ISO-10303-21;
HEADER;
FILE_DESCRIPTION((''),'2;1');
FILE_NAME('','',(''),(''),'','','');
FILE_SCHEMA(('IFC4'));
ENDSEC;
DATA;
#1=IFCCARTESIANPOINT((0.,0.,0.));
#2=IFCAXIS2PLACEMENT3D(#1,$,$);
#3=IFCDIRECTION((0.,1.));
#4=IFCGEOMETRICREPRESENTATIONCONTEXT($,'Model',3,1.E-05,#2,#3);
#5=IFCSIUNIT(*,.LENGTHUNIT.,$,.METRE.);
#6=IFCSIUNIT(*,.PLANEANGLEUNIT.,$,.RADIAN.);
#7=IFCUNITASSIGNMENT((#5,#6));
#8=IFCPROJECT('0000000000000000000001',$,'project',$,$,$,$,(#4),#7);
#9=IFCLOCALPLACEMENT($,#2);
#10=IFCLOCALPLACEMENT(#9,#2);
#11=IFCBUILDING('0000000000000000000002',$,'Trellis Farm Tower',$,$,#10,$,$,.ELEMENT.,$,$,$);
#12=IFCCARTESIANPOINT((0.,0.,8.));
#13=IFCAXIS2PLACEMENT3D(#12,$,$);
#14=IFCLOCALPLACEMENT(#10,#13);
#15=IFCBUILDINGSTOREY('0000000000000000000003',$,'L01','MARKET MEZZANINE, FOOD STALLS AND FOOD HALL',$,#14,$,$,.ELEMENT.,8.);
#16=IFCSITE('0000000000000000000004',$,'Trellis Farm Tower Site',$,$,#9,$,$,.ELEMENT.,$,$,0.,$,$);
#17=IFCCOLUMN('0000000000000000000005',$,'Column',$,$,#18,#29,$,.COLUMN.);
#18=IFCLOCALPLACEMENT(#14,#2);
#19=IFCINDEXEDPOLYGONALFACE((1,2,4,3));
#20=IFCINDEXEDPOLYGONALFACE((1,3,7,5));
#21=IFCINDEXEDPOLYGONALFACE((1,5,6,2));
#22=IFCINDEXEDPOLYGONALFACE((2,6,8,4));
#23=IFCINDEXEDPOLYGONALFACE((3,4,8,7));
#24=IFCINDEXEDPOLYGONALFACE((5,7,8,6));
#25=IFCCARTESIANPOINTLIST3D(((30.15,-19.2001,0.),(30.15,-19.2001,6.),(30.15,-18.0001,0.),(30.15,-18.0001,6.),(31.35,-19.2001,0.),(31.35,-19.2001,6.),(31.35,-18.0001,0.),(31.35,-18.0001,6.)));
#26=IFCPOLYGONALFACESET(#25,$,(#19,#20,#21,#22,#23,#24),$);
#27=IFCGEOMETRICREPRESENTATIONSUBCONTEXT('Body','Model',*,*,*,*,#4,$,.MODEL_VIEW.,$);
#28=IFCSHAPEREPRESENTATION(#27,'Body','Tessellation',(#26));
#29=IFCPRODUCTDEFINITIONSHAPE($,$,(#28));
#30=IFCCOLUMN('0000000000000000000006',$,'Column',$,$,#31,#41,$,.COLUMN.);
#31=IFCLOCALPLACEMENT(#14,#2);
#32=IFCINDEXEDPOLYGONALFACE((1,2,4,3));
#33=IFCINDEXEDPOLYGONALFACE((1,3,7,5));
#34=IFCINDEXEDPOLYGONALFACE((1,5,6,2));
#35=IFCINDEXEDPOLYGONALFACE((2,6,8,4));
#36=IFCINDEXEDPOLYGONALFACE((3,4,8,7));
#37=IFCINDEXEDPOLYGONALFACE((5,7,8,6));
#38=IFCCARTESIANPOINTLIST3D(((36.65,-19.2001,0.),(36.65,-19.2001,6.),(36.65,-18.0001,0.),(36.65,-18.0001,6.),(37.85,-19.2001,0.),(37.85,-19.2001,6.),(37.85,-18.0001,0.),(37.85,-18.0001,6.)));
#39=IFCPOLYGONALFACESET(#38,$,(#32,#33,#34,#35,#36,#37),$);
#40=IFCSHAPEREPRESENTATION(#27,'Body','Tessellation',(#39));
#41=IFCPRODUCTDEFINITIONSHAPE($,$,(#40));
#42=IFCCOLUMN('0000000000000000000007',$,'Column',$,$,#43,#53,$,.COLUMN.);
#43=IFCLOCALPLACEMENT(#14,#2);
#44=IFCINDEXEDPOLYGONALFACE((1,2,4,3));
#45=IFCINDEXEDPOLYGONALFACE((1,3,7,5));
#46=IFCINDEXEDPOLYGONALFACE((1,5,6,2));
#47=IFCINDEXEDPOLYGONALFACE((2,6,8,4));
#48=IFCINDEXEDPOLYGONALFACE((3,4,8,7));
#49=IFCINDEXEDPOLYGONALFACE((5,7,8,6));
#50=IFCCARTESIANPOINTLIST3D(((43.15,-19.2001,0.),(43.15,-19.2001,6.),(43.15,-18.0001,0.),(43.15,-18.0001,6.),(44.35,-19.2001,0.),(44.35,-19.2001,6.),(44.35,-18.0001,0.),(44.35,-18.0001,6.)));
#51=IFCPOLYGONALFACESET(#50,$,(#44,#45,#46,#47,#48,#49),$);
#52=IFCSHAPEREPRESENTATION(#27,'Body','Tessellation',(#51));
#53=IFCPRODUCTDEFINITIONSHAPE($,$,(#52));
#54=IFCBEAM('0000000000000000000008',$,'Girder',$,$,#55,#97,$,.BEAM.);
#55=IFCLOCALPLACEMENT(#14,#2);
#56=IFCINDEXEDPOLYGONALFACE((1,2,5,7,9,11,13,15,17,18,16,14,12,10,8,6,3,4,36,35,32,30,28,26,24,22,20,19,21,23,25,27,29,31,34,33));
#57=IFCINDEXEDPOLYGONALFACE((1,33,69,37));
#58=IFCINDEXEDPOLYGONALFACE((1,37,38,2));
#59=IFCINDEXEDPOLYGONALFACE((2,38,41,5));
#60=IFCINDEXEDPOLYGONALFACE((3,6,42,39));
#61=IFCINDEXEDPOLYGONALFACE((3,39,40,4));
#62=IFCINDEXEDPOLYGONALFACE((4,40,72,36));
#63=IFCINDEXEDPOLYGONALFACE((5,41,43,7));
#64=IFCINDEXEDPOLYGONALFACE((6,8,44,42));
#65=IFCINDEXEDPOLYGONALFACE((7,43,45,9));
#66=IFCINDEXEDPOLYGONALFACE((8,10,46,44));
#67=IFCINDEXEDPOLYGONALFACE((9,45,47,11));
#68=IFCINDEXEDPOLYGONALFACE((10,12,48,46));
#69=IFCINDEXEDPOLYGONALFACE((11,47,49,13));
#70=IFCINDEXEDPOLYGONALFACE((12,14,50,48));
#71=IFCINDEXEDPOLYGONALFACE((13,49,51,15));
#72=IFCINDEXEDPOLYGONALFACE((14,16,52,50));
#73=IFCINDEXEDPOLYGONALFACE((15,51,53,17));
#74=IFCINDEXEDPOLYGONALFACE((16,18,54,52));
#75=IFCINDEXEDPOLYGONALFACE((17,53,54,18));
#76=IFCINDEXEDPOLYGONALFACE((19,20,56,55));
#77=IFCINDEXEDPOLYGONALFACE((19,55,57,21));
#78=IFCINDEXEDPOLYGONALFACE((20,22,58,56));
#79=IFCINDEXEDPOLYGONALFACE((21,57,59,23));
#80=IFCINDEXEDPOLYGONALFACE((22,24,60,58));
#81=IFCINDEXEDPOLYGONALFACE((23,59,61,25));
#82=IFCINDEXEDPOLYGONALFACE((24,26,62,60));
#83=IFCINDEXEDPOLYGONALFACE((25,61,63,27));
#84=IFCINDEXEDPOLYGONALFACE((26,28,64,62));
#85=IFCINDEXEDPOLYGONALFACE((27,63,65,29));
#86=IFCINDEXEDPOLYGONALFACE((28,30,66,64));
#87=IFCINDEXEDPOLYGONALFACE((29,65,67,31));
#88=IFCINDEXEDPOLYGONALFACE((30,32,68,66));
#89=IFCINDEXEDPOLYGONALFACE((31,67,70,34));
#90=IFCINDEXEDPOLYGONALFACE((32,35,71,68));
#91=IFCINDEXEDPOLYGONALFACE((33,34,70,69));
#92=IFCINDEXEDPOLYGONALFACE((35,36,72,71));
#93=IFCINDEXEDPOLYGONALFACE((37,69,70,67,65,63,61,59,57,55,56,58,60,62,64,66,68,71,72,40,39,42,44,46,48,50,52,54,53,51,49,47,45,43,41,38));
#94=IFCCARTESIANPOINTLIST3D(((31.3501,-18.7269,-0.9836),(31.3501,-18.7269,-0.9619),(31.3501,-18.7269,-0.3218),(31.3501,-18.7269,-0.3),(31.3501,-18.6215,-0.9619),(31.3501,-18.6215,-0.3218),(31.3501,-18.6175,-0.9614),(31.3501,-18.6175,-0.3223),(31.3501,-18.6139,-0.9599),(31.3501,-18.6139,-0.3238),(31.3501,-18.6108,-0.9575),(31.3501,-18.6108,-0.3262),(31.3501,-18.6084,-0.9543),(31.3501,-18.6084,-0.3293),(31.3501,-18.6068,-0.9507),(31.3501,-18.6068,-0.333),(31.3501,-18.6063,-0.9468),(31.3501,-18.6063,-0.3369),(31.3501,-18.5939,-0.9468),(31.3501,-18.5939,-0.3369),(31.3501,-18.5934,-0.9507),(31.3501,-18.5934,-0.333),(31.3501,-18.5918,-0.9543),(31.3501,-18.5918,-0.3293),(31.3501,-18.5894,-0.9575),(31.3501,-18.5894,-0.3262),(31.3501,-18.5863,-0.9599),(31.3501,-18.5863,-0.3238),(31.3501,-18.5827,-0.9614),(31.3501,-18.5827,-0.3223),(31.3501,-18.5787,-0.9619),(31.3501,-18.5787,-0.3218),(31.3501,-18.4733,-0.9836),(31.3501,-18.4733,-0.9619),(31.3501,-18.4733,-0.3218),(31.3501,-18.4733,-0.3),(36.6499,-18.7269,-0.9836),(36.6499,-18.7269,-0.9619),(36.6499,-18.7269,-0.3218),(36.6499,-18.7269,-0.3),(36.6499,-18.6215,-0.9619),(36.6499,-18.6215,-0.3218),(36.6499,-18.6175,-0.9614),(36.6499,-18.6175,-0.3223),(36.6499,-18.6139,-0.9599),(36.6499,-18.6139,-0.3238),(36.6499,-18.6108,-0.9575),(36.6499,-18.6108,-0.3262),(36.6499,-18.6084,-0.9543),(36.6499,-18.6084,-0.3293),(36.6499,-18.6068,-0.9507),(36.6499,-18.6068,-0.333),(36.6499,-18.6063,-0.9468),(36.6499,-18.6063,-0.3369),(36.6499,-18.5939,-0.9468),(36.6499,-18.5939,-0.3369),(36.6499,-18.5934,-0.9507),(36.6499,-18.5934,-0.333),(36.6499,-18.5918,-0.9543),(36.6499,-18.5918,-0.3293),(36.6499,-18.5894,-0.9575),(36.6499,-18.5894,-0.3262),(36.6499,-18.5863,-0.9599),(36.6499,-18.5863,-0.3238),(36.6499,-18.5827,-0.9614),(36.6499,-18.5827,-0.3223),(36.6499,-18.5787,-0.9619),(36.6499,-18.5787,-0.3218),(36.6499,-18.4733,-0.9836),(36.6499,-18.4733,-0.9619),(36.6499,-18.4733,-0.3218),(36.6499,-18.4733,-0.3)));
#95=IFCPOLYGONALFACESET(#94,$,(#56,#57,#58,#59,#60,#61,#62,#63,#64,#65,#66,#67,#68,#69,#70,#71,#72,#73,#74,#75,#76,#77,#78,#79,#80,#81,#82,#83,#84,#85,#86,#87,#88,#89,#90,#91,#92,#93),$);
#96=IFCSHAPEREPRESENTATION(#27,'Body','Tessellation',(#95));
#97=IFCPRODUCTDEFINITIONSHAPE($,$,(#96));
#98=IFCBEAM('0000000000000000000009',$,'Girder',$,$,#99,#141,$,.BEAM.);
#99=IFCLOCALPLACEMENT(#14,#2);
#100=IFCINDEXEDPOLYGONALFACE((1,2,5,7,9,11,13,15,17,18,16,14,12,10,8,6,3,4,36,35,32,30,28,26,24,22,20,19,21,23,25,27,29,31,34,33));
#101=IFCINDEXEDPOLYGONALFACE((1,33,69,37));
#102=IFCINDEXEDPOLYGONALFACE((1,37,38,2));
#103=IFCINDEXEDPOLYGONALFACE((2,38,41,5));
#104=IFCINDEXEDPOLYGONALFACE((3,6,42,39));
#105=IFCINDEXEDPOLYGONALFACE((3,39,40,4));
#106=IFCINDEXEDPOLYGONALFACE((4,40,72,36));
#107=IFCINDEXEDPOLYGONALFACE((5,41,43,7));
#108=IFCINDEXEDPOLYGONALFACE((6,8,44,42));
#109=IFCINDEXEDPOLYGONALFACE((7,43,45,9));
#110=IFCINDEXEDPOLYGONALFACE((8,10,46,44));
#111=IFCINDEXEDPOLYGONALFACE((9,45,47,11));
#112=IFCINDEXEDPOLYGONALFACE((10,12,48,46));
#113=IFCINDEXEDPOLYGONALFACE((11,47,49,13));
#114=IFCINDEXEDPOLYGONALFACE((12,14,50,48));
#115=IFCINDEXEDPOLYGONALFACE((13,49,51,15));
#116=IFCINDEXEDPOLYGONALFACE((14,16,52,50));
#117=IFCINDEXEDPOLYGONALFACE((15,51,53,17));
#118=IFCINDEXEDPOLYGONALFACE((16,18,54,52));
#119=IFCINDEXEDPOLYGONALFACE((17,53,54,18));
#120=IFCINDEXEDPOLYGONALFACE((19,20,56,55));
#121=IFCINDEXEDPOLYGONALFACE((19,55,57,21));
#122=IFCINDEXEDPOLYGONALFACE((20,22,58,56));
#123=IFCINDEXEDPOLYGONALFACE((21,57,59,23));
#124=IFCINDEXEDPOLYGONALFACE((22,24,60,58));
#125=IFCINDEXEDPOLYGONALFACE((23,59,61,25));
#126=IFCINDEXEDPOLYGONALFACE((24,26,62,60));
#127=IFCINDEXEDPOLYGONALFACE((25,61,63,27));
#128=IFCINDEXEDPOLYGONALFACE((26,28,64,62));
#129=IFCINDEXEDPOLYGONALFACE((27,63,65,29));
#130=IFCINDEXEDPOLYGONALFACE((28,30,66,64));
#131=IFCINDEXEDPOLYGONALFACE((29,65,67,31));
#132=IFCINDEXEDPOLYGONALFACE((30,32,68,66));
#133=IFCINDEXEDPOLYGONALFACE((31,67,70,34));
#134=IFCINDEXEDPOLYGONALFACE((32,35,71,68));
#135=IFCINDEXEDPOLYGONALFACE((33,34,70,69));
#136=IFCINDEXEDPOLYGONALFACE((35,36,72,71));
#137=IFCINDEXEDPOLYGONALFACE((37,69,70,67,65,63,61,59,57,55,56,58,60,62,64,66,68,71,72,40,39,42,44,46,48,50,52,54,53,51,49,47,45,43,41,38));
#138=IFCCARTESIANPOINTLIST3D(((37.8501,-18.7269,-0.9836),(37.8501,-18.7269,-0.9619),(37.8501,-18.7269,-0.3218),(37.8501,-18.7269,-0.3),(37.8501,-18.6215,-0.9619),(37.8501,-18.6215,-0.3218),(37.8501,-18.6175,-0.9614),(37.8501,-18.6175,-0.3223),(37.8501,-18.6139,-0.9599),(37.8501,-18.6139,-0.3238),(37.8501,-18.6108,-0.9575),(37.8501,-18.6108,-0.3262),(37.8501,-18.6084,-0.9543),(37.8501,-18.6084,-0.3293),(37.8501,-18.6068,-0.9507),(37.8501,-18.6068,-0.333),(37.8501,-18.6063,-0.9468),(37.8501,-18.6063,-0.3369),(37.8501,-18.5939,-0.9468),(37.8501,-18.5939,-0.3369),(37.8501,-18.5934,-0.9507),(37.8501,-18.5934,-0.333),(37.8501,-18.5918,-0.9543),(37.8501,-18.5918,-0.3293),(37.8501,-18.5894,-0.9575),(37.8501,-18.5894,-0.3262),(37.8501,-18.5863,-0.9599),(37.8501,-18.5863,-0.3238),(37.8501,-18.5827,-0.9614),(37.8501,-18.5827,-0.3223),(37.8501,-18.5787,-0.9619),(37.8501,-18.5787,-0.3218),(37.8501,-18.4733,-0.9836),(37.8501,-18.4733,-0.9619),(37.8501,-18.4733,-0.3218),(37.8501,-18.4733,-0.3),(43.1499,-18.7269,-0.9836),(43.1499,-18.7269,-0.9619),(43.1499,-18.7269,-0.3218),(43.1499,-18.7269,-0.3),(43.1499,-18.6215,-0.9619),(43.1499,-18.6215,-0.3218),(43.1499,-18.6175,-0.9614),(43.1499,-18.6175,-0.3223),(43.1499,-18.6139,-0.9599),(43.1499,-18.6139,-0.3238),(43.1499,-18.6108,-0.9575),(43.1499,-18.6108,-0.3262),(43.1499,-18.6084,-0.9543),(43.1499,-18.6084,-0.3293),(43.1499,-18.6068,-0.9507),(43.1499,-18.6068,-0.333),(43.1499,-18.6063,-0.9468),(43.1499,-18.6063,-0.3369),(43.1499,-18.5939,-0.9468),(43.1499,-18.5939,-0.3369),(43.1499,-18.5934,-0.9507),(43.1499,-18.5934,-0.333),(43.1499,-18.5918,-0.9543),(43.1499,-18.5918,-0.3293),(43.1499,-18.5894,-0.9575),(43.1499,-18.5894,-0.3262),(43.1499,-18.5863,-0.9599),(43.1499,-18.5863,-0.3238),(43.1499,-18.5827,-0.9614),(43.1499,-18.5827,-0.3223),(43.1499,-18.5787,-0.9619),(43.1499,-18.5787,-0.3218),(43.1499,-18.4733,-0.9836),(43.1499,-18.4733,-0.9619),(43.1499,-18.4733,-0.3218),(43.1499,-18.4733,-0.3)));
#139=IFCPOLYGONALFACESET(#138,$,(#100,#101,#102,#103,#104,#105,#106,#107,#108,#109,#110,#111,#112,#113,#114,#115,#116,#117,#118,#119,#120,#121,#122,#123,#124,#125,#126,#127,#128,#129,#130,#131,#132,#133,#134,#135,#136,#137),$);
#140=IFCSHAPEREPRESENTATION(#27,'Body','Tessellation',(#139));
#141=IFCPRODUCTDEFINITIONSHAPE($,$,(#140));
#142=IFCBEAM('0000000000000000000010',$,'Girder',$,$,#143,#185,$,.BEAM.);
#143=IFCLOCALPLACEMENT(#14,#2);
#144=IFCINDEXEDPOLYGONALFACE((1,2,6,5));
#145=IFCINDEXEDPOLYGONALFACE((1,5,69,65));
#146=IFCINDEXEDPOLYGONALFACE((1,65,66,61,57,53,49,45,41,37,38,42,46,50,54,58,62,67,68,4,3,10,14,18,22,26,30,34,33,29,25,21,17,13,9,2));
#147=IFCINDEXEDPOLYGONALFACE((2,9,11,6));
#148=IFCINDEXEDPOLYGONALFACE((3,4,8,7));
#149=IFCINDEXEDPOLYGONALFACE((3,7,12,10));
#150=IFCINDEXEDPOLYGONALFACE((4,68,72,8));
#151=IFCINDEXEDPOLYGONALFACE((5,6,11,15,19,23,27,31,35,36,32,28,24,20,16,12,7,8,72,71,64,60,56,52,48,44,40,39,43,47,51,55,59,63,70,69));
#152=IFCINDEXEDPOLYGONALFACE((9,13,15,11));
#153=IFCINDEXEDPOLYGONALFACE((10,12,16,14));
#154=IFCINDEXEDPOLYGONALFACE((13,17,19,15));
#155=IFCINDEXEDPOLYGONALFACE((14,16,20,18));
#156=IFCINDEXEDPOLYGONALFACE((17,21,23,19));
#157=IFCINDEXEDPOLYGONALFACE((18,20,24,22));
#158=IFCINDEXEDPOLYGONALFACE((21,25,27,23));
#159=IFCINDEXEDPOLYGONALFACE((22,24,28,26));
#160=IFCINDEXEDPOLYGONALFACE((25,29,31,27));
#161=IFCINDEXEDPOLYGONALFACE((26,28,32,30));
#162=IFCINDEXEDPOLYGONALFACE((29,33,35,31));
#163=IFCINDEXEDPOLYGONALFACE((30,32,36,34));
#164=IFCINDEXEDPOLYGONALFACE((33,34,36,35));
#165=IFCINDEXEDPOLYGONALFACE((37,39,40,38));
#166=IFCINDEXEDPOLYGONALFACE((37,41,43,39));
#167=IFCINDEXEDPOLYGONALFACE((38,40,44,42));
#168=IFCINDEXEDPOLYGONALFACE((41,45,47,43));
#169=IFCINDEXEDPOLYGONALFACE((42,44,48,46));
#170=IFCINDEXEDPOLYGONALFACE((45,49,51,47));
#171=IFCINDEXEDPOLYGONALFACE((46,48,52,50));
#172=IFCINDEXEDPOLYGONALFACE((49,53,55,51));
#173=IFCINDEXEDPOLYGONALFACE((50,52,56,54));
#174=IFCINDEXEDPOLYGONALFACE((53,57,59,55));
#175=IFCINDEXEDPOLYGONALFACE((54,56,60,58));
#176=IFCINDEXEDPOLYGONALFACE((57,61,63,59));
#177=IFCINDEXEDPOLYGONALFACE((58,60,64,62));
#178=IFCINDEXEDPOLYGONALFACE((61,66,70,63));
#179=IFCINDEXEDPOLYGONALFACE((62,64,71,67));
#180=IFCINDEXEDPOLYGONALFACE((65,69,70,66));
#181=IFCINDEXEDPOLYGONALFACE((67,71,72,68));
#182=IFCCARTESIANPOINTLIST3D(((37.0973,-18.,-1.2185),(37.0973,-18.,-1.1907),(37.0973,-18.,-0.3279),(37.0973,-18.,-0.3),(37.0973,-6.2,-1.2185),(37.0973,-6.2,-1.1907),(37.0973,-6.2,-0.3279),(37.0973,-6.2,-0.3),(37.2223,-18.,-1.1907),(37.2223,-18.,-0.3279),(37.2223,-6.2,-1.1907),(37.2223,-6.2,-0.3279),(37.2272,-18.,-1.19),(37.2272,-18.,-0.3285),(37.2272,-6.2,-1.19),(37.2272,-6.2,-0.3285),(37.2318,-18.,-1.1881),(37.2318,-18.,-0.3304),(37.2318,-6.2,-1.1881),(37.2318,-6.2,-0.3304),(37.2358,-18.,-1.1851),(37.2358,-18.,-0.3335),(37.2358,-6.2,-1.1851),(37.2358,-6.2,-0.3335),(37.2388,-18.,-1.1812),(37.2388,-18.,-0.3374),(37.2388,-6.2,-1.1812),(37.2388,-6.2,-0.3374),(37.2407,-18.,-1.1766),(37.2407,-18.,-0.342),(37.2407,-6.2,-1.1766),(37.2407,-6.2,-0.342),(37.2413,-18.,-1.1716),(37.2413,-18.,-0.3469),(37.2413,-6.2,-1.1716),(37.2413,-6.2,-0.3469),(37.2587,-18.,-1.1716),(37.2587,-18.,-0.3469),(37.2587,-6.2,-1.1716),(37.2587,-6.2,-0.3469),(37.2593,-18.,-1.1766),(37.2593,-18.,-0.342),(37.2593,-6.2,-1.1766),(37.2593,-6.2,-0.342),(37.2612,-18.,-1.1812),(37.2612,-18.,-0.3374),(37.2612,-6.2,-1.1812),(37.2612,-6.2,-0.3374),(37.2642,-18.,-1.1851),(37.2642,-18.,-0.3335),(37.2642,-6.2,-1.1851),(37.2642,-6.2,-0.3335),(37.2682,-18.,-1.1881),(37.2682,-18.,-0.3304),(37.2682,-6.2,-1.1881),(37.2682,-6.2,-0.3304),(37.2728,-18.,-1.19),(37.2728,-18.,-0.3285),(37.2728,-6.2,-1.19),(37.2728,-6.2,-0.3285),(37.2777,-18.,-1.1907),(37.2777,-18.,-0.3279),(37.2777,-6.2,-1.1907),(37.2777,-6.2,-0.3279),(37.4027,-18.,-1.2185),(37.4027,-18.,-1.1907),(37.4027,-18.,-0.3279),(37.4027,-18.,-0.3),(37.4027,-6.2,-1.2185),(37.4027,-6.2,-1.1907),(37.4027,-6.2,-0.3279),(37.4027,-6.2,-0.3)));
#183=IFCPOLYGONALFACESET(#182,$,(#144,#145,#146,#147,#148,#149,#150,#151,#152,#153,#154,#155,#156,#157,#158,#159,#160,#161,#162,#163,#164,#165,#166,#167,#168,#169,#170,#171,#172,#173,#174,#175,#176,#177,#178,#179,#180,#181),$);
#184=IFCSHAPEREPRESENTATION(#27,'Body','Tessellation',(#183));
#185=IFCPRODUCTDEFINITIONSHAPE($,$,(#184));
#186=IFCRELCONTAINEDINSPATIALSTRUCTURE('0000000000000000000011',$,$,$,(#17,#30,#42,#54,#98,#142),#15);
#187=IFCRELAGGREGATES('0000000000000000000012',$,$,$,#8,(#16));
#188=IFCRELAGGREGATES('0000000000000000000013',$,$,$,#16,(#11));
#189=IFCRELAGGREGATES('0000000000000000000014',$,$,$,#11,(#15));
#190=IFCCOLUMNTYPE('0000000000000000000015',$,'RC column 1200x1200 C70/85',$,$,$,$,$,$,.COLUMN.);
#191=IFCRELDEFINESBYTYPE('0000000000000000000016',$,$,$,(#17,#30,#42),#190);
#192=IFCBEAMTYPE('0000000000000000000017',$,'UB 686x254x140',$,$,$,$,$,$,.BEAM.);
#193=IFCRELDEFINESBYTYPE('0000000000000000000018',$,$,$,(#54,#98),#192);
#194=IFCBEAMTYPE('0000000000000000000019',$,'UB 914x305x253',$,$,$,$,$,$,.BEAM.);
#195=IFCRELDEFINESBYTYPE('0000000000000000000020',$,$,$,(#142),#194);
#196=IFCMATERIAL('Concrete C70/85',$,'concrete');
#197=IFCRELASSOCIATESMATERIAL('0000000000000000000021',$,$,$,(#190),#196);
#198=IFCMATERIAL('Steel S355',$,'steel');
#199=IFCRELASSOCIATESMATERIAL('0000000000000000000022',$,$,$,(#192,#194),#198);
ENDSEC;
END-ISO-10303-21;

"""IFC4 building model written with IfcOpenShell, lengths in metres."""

from ifc_helpers import new_model, si_unit, direction, frame, origin, origin_2d, place, context, subcontext, project, spatial, rectangle, i_section, extrude, source, transform, mapped, material, material_profile, profile_set, type_object, element, save


model = new_model("IFC4")

# Units and contexts
model_context = context("Model", 3, precision=1e-05, world=origin(), true_north=direction((0.0, 1.0)))
body_context = subcontext(model_context, "Body", "Model", "MODEL_VIEW")
ifc_project = project(units=[si_unit("LENGTHUNIT", "METRE"), si_unit("PLANEANGLEUNIT", "RADIAN")], contexts=[model_context])

# Site, building, storey
site_placement = place(None, origin())
site = spatial("IfcSite", under=ifc_project, at=site_placement, Name="Trellis Farm Tower Site", CompositionType="ELEMENT", RefElevation=0.0)
building_placement = place(site_placement, origin())
building = spatial("IfcBuilding", under=site, at=building_placement, Name="Trellis Farm Tower", CompositionType="ELEMENT")
storey_placement = place(building_placement, frame((0.0, 0.0, 8.0)))
storey = spatial("IfcBuildingStorey", under=building, at=storey_placement, Name="L01", Description="MARKET MEZZANINE, FOOD STALLS AND FOOD HALL", CompositionType="ELEMENT", Elevation=8.0)

# Columns
ifc_material_1 = material(Name="Concrete C70/85", Category="concrete")
ifc_material_profile_1 = material_profile(ifc_material_1, rectangle(XDim=1.2, YDim=1.2, at=origin_2d()), Name="RC column 1200x1200 C70/85")
ifc_profile_set_1 = profile_set([ifc_material_profile_1], Name="Concrete C70/85")
column_type = type_object("IfcColumnType", Name="RC column 1200x1200 C70/85", PredefinedType="COLUMN", material=ifc_profile_set_1)
shared_shape_1 = source(origin(), body_context, "Body", "SweptSolid", [
    extrude(rectangle(XDim=1.2, YDim=1.2, at=origin_2d()), origin(), (0.0, 0.0, 1.0), 6.0),
])
for number, where, z_axis, x_axis, name in (
    (1, (30.75, -18.6001, 0.0), (0.0, 0.0, 1.0), (1.0, 0.0, 0.0), "Column"),
    (2, (37.25, -18.6001, 0.0), (0.0, 0.0, 1.0), (1.0, 0.0, 0.0), "Column"),
    (3, (43.75, -18.6001, 0.0), (0.0, 0.0, 1.0), (1.0, 0.0, 0.0), "Column"),
):
    element("IfcColumn", number, at=place(storey_placement, frame(where, z_axis=z_axis, x_axis=x_axis)), inside=storey, type_object=column_type, Name=name, PredefinedType="COLUMN", context=body_context, shape_type="MappedRepresentation", body=[
        mapped(shared_shape_1, transform((0.0, 0.0, 0.0))),
    ])

# Beams
ifc_material_2 = material(Name="Steel S355", Category="steel")
ifc_material_profile_2 = material_profile(ifc_material_2, i_section(OverallWidth=0.2537, OverallDepth=0.6836, WebThickness=0.0125, FlangeThickness=0.0217, FilletRadius=0.0151, at=origin_2d()), Name="UB 686x254x140")
ifc_profile_set_2 = profile_set([ifc_material_profile_2], Name="Steel S355")
beam_type_1 = type_object("IfcBeamType", Name="UB 686x254x140", PredefinedType="BEAM", material=ifc_profile_set_2)
shared_shape_2 = source(origin(), body_context, "Body", "SweptSolid", [
    extrude(i_section(OverallWidth=0.2537, OverallDepth=0.6836, WebThickness=0.0125, FlangeThickness=0.0217, FilletRadius=0.0151, at=origin_2d()), origin(), (0.0, 0.0, 1.0), 5.2998),
])
for number, where, z_axis, x_axis, name in (
    (4, (31.3501, -18.6001, -0.6418), (1.0, 0.0, 0.0), (0.0, 1.0, 0.0), "Girder"),
    (5, (37.8501, -18.6001, -0.6418), (1.0, 0.0, 0.0), (0.0, 1.0, 0.0), "Girder"),
):
    element("IfcBeam", number, at=place(storey_placement, frame(where, z_axis=z_axis, x_axis=x_axis)), inside=storey, type_object=beam_type_1, Name=name, PredefinedType="BEAM", context=body_context, shape_type="MappedRepresentation", body=[
        mapped(shared_shape_2, transform((0.0, 0.0, 0.0))),
    ])
ifc_material_profile_3 = material_profile(ifc_material_2, i_section(OverallWidth=0.3054, OverallDepth=0.9185, WebThickness=0.0173, FlangeThickness=0.0278, FilletRadius=0.019, at=origin_2d()), Name="UB 914x305x253")
ifc_profile_set_3 = profile_set([ifc_material_profile_3], Name="Steel S355")
beam_type_2 = type_object("IfcBeamType", Name="UB 914x305x253", PredefinedType="BEAM", material=ifc_profile_set_3)
shared_shape_3 = source(origin(), body_context, "Body", "SweptSolid", [
    extrude(i_section(OverallWidth=0.3054, OverallDepth=0.9185, WebThickness=0.0173, FlangeThickness=0.0278, FilletRadius=0.019, at=origin_2d()), origin(), (0.0, 0.0, 1.0), 11.8),
])
for number, where, z_axis, x_axis, name in (
    (6, (37.25, -18.0, -0.7593), (0.0, 1.0, 0.0), (-1.0, 0.0, 0.0), "Girder"),
):
    element("IfcBeam", number, at=place(storey_placement, frame(where, z_axis=z_axis, x_axis=x_axis)), inside=storey, type_object=beam_type_2, Name=name, PredefinedType="BEAM", context=body_context, shape_type="MappedRepresentation", body=[
        mapped(shared_shape_3, transform((0.0, 0.0, 0.0))),
    ])

save(model, "model.ifc")
